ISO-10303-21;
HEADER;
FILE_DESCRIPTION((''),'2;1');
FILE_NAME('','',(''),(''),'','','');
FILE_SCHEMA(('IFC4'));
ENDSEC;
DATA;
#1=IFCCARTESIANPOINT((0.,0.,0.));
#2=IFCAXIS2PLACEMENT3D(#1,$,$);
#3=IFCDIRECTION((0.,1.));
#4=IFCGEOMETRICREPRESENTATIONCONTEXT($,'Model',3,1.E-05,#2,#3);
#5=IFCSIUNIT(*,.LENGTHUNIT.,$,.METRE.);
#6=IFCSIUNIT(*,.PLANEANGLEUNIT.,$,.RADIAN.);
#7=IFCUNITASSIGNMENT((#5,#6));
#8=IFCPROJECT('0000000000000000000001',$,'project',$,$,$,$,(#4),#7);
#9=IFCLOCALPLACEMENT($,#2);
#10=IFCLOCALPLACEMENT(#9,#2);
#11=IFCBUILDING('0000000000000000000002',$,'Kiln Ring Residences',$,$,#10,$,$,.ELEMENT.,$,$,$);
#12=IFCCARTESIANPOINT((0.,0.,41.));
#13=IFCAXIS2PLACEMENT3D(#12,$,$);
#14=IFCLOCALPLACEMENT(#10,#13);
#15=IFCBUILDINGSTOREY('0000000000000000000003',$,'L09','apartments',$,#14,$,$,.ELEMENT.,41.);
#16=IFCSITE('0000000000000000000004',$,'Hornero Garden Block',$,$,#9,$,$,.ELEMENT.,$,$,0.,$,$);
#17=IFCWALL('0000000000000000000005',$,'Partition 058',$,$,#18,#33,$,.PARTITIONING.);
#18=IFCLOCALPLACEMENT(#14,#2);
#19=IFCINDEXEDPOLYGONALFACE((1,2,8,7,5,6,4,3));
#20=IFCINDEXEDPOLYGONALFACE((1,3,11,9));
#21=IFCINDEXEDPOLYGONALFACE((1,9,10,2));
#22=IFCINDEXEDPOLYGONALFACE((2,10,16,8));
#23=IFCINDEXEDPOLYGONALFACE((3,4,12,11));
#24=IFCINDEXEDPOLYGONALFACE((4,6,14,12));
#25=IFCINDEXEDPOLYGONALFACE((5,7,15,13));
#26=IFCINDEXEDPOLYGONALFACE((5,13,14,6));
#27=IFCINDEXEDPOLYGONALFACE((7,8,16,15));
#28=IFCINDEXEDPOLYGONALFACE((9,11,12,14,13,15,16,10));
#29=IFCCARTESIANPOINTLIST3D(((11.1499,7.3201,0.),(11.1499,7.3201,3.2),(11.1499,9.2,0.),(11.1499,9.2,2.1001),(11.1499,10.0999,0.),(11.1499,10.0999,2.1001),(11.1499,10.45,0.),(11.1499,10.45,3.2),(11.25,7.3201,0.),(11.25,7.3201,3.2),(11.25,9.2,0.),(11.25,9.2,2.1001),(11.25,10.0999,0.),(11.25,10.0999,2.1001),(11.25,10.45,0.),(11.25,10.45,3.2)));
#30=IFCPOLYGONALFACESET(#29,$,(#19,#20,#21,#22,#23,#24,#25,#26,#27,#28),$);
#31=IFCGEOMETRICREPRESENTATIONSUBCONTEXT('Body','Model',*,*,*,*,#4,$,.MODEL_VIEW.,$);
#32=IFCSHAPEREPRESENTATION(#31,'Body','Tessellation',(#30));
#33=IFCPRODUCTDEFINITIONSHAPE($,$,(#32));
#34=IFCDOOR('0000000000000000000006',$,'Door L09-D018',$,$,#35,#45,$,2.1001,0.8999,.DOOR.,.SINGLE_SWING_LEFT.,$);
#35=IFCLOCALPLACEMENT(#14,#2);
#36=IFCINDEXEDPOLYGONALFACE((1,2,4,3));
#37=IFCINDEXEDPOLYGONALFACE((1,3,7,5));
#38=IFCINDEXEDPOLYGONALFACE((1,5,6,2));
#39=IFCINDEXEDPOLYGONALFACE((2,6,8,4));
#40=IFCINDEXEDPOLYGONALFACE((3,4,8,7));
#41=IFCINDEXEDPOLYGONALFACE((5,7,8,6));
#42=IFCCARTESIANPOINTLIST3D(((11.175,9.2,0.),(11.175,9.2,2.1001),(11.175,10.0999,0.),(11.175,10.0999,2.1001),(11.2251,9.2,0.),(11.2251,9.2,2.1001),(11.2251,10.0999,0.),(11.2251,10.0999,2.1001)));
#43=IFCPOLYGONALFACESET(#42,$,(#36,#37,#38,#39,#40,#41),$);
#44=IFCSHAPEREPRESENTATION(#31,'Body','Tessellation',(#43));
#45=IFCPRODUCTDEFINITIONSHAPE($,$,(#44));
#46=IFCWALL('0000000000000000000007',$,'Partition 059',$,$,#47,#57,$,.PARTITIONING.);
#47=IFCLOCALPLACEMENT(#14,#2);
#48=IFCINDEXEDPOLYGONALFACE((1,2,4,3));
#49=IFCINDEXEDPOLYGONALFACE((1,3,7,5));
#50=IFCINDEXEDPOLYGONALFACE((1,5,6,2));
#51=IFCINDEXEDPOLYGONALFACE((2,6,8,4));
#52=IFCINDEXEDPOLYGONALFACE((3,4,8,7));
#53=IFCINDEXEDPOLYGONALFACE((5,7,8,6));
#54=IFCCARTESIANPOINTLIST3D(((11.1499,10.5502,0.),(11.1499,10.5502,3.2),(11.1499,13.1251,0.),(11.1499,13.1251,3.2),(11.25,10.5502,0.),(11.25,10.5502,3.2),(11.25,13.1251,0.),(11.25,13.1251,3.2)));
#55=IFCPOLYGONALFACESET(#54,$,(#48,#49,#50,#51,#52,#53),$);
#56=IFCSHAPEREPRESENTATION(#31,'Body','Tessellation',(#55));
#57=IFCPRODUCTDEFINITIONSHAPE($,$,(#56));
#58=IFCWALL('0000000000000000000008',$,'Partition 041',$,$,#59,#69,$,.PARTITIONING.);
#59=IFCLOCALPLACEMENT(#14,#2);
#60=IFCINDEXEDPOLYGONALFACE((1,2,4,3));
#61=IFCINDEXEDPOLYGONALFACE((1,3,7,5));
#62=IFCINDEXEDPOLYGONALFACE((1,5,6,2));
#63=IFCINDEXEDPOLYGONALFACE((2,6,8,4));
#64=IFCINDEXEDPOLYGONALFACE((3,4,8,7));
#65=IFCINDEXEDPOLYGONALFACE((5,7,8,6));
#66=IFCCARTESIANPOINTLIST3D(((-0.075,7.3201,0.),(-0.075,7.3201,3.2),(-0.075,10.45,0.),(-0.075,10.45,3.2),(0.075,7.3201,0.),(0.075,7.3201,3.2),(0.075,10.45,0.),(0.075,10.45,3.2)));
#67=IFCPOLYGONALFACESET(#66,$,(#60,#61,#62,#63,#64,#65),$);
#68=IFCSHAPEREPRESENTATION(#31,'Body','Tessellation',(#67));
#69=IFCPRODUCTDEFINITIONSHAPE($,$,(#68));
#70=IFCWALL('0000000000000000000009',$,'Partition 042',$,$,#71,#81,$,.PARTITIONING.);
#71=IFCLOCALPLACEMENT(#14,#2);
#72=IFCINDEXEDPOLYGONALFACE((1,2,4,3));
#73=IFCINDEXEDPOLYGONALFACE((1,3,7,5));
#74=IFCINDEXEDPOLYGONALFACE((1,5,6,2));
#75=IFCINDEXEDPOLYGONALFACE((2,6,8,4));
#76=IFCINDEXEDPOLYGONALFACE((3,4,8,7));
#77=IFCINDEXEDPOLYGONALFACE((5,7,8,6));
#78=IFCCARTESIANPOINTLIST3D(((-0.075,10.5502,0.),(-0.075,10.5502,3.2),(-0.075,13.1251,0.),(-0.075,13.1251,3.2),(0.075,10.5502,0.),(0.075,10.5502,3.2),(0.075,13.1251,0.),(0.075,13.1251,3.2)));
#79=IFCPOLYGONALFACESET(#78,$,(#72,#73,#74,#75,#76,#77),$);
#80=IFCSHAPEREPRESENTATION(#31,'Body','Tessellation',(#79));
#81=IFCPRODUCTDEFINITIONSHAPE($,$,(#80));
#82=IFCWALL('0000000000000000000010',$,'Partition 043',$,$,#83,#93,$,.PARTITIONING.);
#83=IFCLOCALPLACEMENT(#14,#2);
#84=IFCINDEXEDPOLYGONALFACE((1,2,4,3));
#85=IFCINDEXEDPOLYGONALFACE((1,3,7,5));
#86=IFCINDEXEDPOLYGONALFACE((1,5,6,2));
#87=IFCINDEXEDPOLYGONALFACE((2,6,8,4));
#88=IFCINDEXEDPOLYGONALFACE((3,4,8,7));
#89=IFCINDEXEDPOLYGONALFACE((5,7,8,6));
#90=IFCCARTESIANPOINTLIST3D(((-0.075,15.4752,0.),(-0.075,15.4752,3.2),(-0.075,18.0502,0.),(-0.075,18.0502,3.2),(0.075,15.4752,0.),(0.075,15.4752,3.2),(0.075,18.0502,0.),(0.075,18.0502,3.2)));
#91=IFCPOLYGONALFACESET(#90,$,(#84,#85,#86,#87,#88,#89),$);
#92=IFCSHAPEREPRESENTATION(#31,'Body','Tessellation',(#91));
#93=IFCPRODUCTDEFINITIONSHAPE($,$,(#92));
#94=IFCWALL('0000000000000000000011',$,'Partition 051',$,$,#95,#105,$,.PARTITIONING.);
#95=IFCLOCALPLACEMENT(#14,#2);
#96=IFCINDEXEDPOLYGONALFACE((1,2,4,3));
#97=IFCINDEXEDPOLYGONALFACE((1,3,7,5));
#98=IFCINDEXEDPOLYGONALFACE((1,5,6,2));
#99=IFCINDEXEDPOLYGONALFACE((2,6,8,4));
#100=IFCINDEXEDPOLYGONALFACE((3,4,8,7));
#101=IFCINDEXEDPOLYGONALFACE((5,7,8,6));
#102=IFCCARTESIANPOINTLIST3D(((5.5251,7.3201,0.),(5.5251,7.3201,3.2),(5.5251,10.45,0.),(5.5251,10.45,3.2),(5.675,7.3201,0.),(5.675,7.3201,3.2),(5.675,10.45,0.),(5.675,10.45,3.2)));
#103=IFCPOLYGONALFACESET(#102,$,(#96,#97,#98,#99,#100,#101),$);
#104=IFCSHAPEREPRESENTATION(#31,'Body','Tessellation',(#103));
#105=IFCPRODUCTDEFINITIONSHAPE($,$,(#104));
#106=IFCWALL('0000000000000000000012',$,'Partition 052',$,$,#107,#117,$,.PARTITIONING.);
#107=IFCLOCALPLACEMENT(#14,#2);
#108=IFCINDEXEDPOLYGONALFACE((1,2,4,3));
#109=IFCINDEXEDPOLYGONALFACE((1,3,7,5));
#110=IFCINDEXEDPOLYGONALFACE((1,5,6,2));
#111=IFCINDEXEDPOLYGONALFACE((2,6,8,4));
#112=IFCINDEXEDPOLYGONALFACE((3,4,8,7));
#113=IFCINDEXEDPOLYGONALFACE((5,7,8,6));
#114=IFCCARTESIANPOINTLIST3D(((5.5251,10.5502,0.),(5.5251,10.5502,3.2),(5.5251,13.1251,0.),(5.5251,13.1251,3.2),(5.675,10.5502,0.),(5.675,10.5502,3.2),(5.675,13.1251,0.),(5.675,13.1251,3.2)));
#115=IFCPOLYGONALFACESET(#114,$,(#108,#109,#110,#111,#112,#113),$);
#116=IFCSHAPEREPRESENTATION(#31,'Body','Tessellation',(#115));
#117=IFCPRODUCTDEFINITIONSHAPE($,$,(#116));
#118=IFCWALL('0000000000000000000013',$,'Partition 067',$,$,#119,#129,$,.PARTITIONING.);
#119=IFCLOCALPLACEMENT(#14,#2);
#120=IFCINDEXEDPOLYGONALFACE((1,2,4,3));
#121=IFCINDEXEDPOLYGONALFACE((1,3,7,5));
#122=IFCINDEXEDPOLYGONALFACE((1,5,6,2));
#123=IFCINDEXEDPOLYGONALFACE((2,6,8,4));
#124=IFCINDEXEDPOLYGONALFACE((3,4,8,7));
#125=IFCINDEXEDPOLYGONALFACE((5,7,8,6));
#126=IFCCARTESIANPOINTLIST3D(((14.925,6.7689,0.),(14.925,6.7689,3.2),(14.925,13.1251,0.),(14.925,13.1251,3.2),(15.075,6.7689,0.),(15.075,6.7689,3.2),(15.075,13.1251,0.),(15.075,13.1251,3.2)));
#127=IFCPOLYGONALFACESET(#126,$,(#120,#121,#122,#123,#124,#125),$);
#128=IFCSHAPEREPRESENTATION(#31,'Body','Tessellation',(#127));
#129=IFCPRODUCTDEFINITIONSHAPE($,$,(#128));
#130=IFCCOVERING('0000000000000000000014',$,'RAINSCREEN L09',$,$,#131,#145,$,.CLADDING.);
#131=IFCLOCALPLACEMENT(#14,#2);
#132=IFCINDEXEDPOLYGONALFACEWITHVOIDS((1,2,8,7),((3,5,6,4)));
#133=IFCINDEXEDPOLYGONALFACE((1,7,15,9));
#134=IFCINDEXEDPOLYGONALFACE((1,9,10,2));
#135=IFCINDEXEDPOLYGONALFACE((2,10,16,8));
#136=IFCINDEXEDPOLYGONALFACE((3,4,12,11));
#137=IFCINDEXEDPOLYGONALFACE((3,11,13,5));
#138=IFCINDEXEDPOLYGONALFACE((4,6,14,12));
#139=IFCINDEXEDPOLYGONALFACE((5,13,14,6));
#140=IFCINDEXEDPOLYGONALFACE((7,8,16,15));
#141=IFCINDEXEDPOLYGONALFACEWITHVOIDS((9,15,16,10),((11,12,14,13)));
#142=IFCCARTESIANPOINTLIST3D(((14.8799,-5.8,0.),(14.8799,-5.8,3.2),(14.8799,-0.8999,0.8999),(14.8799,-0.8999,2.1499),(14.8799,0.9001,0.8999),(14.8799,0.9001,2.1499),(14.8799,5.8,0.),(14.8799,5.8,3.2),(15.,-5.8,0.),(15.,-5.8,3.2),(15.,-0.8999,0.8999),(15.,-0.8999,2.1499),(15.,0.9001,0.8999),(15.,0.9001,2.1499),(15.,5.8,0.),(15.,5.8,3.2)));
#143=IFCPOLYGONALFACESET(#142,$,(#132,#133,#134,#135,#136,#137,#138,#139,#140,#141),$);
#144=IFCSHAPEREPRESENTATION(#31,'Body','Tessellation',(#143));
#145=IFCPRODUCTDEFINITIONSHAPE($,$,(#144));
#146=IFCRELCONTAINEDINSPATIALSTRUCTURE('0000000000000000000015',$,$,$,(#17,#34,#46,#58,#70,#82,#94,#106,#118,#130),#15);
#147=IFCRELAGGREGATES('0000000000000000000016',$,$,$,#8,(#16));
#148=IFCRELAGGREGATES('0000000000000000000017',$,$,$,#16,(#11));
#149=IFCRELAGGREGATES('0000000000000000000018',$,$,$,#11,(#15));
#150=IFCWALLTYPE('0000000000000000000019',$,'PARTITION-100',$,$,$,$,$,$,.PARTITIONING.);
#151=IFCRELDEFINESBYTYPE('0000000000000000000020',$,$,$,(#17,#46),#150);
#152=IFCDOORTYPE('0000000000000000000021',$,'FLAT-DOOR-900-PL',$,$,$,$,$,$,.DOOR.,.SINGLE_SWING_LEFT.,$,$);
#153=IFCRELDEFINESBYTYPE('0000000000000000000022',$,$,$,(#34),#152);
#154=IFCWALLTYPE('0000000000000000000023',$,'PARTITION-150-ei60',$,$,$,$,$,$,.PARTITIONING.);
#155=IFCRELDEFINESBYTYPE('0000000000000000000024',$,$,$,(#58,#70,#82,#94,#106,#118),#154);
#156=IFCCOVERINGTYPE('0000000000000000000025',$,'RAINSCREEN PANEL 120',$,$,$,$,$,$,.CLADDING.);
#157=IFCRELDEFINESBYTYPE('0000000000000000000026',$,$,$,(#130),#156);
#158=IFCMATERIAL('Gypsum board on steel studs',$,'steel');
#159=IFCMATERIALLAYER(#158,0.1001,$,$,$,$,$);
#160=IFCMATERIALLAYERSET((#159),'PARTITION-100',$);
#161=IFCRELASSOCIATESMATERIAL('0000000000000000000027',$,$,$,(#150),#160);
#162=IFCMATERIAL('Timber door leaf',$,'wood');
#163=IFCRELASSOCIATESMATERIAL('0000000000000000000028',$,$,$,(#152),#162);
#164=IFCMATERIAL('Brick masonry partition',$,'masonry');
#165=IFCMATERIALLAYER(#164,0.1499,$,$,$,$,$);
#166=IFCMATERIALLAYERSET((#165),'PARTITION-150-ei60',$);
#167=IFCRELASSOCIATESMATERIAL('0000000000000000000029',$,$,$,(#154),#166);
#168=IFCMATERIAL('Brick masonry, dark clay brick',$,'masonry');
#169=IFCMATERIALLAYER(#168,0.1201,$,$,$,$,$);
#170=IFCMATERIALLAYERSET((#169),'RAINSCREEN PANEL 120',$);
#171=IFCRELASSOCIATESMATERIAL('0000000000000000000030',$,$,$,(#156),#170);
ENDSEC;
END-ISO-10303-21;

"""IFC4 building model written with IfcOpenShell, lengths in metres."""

from ifc_helpers import new_model, si_unit, direction, frame, frame_2d, origin, place, context, subcontext, project, spatial, polyline, rectangle, outline, extrude, material, layer, layer_set, type_object, element, fill, save


model = new_model("IFC4")

# Units and contexts
model_context = context("Model", 3, precision=1e-05, world=origin(), true_north=direction((0.0, 1.0)))
body_context = subcontext(model_context, "Body", "Model", "MODEL_VIEW")
ifc_project = project(units=[si_unit("LENGTHUNIT", "METRE"), si_unit("PLANEANGLEUNIT", "RADIAN")], contexts=[model_context])

# Site, building, storey
site_placement = place(None, origin())
site = spatial("IfcSite", under=ifc_project, at=site_placement, Name="Hornero Garden Block", CompositionType="ELEMENT", RefElevation=0.0)
building_placement = place(site_placement, origin())
building = spatial("IfcBuilding", under=site, at=building_placement, Name="Kiln Ring Residences", CompositionType="ELEMENT")
storey_placement = place(building_placement, frame((0.0, 0.0, 41.0)))
storey = spatial("IfcBuildingStorey", under=building, at=storey_placement, Name="L09", Description="apartments", CompositionType="ELEMENT", Elevation=41.0)

# Shared definitions
ifc_material_1 = material(Name="Gypsum board on steel studs", Category="steel")
ifc_layer_1 = layer(ifc_material_1, 0.1001)
ifc_layer_set_1 = layer_set([ifc_layer_1], Name="PARTITION-100")
wall_type_1 = type_object("IfcWallType", Name="PARTITION-100", PredefinedType="PARTITIONING", material=ifc_layer_set_1)

# Wall, opening, door
wall_1_placement = place(storey_placement, frame((11.2, 7.3201, 0.0), z_axis=(0.0, 0.0, 1.0), x_axis=(0.0, 1.0, 0.0)))
wall_1 = element("IfcWall", 1, at=wall_1_placement, inside=storey, type_object=wall_type_1, Name="Partition 058", PredefinedType="PARTITIONING", context=body_context, shape_type="SweptSolid", body=[
    extrude(rectangle(XDim=3.1299, YDim=0.1001, at=frame_2d((1.5649, 0.0))), origin(), (0.0, 0.0, 1.0), 3.2),
])
opening_placement = place(wall_1_placement, frame((1.8799, 0.0, 0.0)))
opening = element("IfcOpeningElement", 2, at=opening_placement, cuts=wall_1, PredefinedType="OPENING", context=body_context, shape_type="SweptSolid", body=[
    extrude(rectangle(XDim=0.8999, YDim=2.1001, at=frame_2d((0.45, 1.05))), frame((0.0, 0.0601, 0.0), z_axis=(0.0, -1.0, 0.0), x_axis=(1.0, 0.0, 0.0)), (0.0, 0.0, 1.0), 0.1201),
])
ifc_material_2 = material(Name="Timber door leaf", Category="wood")
door_type = type_object("IfcDoorType", Name="FLAT-DOOR-900-PL", OperationType="SINGLE_SWING_LEFT", PredefinedType="DOOR", material=ifc_material_2)
door_placement = place(opening_placement, origin())
door = element("IfcDoor", 3, at=door_placement, inside=storey, type_object=door_type, Name="Door L09-D018", OperationType="SINGLE_SWING_LEFT", OverallHeight=2.1001, OverallWidth=0.8999, PredefinedType="DOOR", context=body_context, shape_type="SweptSolid", body=[
    extrude(rectangle(XDim=0.8999, YDim=2.1001, at=frame_2d((0.45, 1.05))), frame((0.0, 0.0249, 0.0), z_axis=(0.0, -1.0, 0.0), x_axis=(1.0, 0.0, 0.0)), (0.0, 0.0, 1.0), 0.05),
])
fill(opening, door)

# Walls
wall_2_placement = place(storey_placement, frame((11.2, 10.55, 0.0), z_axis=(0.0, 0.0, 1.0), x_axis=(0.0, 1.0, 0.0)))
element("IfcWall", 4, at=wall_2_placement, inside=storey, type_object=wall_type_1, Name="Partition 059", PredefinedType="PARTITIONING", context=body_context, shape_type="SweptSolid", body=[
    extrude(rectangle(XDim=2.575, YDim=0.1001, at=frame_2d((1.2876, 0.0))), origin(), (0.0, 0.0, 1.0), 3.2),
])
ifc_material_3 = material(Name="Brick masonry partition", Category="masonry")
ifc_layer_2 = layer(ifc_material_3, 0.1499)
ifc_layer_set_2 = layer_set([ifc_layer_2], Name="PARTITION-150-ei60")
wall_type_2 = type_object("IfcWallType", Name="PARTITION-150-ei60", PredefinedType="PARTITIONING", material=ifc_layer_set_2)
wall_3_placement = place(storey_placement, frame((0.0, 7.3201, 0.0), z_axis=(0.0, 0.0, 1.0), x_axis=(0.0, 1.0, 0.0)))
element("IfcWall", 5, at=wall_3_placement, inside=storey, type_object=wall_type_2, Name="Partition 041", PredefinedType="PARTITIONING", context=body_context, shape_type="SweptSolid", body=[
    extrude(rectangle(XDim=3.1299, YDim=0.1499, at=frame_2d((1.5649, 0.0))), origin(), (0.0, 0.0, 1.0), 3.2),
])
for number, where, z_axis, x_axis, name in (
    (6, (0.0, 10.55, 0.0), (0.0, 0.0, 1.0), (0.0, 1.0, 0.0), "Partition 042"),
    (7, (0.0, 15.4751, 0.0), (0.0, 0.0, 1.0), (0.0, 1.0, 0.0), "Partition 043"),
):
    element("IfcWall", number, at=place(storey_placement, frame(where, z_axis=z_axis, x_axis=x_axis)), inside=storey, type_object=wall_type_2, Name=name, PredefinedType="PARTITIONING", context=body_context, shape_type="SweptSolid", body=[
        extrude(rectangle(XDim=2.575, YDim=0.1499, at=frame_2d((1.2876, 0.0))), origin(), (0.0, 0.0, 1.0), 3.2),
    ])
wall_4_placement = place(storey_placement, frame((5.6001, 7.3201, 0.0), z_axis=(0.0, 0.0, 1.0), x_axis=(0.0, 1.0, 0.0)))
element("IfcWall", 8, at=wall_4_placement, inside=storey, type_object=wall_type_2, Name="Partition 051", PredefinedType="PARTITIONING", context=body_context, shape_type="SweptSolid", body=[
    extrude(rectangle(XDim=3.1299, YDim=0.1499, at=frame_2d((1.5649, 0.0))), origin(), (0.0, 0.0, 1.0), 3.2),
])
wall_5_placement = place(storey_placement, frame((5.6001, 10.55, 0.0), z_axis=(0.0, 0.0, 1.0), x_axis=(0.0, 1.0, 0.0)))
element("IfcWall", 9, at=wall_5_placement, inside=storey, type_object=wall_type_2, Name="Partition 052", PredefinedType="PARTITIONING", context=body_context, shape_type="SweptSolid", body=[
    extrude(rectangle(XDim=2.575, YDim=0.1499, at=frame_2d((1.2876, 0.0))), origin(), (0.0, 0.0, 1.0), 3.2),
])
wall_6_placement = place(storey_placement, frame((15.0, 6.7688, 0.0), z_axis=(0.0, 0.0, 1.0), x_axis=(0.0, 1.0, 0.0)))
element("IfcWall", 10, at=wall_6_placement, inside=storey, type_object=wall_type_2, Name="Partition 067", PredefinedType="PARTITIONING", context=body_context, shape_type="SweptSolid", body=[
    extrude(rectangle(XDim=6.3562, YDim=0.1499, at=frame_2d((3.1782, 0.0))), origin(), (0.0, 0.0, 1.0), 3.2),
])

# Covering
ifc_material_4 = material(Name="Brick masonry, dark clay brick", Category="masonry")
ifc_layer_3 = layer(ifc_material_4, 0.1201)
ifc_layer_set_3 = layer_set([ifc_layer_3], Name="RAINSCREEN PANEL 120")
covering_type = type_object("IfcCoveringType", Name="RAINSCREEN PANEL 120", PredefinedType="CLADDING", material=ifc_layer_set_3)
covering_placement = place(storey_placement, frame((14.9399, 5.8, 0.0), z_axis=(0.0, 0.0, 1.0), x_axis=(0.0, -1.0, 0.0)))
element("IfcCovering", 11, at=covering_placement, inside=storey, type_object=covering_type, Name="RAINSCREEN L09", PredefinedType="CLADDING", context=body_context, shape_type="SweptSolid", body=[
    extrude(outline(polyline([(0.0, 0.0), (11.6001, 0.0), (11.6001, 3.2), (0.0, 3.2), (0.0, 0.0)]), holes=[polyline([(4.8999, 2.1499), (4.8999, 0.8999), (6.7, 0.8999), (6.7, 2.1499), (4.8999, 2.1499)])]), frame((0.0, 0.0601, 0.0), z_axis=(0.0, -1.0, 0.0), x_axis=(1.0, 0.0, 0.0)), (0.0, 0.0, 1.0), 0.1201),
])

save(model, "model.ifc")
